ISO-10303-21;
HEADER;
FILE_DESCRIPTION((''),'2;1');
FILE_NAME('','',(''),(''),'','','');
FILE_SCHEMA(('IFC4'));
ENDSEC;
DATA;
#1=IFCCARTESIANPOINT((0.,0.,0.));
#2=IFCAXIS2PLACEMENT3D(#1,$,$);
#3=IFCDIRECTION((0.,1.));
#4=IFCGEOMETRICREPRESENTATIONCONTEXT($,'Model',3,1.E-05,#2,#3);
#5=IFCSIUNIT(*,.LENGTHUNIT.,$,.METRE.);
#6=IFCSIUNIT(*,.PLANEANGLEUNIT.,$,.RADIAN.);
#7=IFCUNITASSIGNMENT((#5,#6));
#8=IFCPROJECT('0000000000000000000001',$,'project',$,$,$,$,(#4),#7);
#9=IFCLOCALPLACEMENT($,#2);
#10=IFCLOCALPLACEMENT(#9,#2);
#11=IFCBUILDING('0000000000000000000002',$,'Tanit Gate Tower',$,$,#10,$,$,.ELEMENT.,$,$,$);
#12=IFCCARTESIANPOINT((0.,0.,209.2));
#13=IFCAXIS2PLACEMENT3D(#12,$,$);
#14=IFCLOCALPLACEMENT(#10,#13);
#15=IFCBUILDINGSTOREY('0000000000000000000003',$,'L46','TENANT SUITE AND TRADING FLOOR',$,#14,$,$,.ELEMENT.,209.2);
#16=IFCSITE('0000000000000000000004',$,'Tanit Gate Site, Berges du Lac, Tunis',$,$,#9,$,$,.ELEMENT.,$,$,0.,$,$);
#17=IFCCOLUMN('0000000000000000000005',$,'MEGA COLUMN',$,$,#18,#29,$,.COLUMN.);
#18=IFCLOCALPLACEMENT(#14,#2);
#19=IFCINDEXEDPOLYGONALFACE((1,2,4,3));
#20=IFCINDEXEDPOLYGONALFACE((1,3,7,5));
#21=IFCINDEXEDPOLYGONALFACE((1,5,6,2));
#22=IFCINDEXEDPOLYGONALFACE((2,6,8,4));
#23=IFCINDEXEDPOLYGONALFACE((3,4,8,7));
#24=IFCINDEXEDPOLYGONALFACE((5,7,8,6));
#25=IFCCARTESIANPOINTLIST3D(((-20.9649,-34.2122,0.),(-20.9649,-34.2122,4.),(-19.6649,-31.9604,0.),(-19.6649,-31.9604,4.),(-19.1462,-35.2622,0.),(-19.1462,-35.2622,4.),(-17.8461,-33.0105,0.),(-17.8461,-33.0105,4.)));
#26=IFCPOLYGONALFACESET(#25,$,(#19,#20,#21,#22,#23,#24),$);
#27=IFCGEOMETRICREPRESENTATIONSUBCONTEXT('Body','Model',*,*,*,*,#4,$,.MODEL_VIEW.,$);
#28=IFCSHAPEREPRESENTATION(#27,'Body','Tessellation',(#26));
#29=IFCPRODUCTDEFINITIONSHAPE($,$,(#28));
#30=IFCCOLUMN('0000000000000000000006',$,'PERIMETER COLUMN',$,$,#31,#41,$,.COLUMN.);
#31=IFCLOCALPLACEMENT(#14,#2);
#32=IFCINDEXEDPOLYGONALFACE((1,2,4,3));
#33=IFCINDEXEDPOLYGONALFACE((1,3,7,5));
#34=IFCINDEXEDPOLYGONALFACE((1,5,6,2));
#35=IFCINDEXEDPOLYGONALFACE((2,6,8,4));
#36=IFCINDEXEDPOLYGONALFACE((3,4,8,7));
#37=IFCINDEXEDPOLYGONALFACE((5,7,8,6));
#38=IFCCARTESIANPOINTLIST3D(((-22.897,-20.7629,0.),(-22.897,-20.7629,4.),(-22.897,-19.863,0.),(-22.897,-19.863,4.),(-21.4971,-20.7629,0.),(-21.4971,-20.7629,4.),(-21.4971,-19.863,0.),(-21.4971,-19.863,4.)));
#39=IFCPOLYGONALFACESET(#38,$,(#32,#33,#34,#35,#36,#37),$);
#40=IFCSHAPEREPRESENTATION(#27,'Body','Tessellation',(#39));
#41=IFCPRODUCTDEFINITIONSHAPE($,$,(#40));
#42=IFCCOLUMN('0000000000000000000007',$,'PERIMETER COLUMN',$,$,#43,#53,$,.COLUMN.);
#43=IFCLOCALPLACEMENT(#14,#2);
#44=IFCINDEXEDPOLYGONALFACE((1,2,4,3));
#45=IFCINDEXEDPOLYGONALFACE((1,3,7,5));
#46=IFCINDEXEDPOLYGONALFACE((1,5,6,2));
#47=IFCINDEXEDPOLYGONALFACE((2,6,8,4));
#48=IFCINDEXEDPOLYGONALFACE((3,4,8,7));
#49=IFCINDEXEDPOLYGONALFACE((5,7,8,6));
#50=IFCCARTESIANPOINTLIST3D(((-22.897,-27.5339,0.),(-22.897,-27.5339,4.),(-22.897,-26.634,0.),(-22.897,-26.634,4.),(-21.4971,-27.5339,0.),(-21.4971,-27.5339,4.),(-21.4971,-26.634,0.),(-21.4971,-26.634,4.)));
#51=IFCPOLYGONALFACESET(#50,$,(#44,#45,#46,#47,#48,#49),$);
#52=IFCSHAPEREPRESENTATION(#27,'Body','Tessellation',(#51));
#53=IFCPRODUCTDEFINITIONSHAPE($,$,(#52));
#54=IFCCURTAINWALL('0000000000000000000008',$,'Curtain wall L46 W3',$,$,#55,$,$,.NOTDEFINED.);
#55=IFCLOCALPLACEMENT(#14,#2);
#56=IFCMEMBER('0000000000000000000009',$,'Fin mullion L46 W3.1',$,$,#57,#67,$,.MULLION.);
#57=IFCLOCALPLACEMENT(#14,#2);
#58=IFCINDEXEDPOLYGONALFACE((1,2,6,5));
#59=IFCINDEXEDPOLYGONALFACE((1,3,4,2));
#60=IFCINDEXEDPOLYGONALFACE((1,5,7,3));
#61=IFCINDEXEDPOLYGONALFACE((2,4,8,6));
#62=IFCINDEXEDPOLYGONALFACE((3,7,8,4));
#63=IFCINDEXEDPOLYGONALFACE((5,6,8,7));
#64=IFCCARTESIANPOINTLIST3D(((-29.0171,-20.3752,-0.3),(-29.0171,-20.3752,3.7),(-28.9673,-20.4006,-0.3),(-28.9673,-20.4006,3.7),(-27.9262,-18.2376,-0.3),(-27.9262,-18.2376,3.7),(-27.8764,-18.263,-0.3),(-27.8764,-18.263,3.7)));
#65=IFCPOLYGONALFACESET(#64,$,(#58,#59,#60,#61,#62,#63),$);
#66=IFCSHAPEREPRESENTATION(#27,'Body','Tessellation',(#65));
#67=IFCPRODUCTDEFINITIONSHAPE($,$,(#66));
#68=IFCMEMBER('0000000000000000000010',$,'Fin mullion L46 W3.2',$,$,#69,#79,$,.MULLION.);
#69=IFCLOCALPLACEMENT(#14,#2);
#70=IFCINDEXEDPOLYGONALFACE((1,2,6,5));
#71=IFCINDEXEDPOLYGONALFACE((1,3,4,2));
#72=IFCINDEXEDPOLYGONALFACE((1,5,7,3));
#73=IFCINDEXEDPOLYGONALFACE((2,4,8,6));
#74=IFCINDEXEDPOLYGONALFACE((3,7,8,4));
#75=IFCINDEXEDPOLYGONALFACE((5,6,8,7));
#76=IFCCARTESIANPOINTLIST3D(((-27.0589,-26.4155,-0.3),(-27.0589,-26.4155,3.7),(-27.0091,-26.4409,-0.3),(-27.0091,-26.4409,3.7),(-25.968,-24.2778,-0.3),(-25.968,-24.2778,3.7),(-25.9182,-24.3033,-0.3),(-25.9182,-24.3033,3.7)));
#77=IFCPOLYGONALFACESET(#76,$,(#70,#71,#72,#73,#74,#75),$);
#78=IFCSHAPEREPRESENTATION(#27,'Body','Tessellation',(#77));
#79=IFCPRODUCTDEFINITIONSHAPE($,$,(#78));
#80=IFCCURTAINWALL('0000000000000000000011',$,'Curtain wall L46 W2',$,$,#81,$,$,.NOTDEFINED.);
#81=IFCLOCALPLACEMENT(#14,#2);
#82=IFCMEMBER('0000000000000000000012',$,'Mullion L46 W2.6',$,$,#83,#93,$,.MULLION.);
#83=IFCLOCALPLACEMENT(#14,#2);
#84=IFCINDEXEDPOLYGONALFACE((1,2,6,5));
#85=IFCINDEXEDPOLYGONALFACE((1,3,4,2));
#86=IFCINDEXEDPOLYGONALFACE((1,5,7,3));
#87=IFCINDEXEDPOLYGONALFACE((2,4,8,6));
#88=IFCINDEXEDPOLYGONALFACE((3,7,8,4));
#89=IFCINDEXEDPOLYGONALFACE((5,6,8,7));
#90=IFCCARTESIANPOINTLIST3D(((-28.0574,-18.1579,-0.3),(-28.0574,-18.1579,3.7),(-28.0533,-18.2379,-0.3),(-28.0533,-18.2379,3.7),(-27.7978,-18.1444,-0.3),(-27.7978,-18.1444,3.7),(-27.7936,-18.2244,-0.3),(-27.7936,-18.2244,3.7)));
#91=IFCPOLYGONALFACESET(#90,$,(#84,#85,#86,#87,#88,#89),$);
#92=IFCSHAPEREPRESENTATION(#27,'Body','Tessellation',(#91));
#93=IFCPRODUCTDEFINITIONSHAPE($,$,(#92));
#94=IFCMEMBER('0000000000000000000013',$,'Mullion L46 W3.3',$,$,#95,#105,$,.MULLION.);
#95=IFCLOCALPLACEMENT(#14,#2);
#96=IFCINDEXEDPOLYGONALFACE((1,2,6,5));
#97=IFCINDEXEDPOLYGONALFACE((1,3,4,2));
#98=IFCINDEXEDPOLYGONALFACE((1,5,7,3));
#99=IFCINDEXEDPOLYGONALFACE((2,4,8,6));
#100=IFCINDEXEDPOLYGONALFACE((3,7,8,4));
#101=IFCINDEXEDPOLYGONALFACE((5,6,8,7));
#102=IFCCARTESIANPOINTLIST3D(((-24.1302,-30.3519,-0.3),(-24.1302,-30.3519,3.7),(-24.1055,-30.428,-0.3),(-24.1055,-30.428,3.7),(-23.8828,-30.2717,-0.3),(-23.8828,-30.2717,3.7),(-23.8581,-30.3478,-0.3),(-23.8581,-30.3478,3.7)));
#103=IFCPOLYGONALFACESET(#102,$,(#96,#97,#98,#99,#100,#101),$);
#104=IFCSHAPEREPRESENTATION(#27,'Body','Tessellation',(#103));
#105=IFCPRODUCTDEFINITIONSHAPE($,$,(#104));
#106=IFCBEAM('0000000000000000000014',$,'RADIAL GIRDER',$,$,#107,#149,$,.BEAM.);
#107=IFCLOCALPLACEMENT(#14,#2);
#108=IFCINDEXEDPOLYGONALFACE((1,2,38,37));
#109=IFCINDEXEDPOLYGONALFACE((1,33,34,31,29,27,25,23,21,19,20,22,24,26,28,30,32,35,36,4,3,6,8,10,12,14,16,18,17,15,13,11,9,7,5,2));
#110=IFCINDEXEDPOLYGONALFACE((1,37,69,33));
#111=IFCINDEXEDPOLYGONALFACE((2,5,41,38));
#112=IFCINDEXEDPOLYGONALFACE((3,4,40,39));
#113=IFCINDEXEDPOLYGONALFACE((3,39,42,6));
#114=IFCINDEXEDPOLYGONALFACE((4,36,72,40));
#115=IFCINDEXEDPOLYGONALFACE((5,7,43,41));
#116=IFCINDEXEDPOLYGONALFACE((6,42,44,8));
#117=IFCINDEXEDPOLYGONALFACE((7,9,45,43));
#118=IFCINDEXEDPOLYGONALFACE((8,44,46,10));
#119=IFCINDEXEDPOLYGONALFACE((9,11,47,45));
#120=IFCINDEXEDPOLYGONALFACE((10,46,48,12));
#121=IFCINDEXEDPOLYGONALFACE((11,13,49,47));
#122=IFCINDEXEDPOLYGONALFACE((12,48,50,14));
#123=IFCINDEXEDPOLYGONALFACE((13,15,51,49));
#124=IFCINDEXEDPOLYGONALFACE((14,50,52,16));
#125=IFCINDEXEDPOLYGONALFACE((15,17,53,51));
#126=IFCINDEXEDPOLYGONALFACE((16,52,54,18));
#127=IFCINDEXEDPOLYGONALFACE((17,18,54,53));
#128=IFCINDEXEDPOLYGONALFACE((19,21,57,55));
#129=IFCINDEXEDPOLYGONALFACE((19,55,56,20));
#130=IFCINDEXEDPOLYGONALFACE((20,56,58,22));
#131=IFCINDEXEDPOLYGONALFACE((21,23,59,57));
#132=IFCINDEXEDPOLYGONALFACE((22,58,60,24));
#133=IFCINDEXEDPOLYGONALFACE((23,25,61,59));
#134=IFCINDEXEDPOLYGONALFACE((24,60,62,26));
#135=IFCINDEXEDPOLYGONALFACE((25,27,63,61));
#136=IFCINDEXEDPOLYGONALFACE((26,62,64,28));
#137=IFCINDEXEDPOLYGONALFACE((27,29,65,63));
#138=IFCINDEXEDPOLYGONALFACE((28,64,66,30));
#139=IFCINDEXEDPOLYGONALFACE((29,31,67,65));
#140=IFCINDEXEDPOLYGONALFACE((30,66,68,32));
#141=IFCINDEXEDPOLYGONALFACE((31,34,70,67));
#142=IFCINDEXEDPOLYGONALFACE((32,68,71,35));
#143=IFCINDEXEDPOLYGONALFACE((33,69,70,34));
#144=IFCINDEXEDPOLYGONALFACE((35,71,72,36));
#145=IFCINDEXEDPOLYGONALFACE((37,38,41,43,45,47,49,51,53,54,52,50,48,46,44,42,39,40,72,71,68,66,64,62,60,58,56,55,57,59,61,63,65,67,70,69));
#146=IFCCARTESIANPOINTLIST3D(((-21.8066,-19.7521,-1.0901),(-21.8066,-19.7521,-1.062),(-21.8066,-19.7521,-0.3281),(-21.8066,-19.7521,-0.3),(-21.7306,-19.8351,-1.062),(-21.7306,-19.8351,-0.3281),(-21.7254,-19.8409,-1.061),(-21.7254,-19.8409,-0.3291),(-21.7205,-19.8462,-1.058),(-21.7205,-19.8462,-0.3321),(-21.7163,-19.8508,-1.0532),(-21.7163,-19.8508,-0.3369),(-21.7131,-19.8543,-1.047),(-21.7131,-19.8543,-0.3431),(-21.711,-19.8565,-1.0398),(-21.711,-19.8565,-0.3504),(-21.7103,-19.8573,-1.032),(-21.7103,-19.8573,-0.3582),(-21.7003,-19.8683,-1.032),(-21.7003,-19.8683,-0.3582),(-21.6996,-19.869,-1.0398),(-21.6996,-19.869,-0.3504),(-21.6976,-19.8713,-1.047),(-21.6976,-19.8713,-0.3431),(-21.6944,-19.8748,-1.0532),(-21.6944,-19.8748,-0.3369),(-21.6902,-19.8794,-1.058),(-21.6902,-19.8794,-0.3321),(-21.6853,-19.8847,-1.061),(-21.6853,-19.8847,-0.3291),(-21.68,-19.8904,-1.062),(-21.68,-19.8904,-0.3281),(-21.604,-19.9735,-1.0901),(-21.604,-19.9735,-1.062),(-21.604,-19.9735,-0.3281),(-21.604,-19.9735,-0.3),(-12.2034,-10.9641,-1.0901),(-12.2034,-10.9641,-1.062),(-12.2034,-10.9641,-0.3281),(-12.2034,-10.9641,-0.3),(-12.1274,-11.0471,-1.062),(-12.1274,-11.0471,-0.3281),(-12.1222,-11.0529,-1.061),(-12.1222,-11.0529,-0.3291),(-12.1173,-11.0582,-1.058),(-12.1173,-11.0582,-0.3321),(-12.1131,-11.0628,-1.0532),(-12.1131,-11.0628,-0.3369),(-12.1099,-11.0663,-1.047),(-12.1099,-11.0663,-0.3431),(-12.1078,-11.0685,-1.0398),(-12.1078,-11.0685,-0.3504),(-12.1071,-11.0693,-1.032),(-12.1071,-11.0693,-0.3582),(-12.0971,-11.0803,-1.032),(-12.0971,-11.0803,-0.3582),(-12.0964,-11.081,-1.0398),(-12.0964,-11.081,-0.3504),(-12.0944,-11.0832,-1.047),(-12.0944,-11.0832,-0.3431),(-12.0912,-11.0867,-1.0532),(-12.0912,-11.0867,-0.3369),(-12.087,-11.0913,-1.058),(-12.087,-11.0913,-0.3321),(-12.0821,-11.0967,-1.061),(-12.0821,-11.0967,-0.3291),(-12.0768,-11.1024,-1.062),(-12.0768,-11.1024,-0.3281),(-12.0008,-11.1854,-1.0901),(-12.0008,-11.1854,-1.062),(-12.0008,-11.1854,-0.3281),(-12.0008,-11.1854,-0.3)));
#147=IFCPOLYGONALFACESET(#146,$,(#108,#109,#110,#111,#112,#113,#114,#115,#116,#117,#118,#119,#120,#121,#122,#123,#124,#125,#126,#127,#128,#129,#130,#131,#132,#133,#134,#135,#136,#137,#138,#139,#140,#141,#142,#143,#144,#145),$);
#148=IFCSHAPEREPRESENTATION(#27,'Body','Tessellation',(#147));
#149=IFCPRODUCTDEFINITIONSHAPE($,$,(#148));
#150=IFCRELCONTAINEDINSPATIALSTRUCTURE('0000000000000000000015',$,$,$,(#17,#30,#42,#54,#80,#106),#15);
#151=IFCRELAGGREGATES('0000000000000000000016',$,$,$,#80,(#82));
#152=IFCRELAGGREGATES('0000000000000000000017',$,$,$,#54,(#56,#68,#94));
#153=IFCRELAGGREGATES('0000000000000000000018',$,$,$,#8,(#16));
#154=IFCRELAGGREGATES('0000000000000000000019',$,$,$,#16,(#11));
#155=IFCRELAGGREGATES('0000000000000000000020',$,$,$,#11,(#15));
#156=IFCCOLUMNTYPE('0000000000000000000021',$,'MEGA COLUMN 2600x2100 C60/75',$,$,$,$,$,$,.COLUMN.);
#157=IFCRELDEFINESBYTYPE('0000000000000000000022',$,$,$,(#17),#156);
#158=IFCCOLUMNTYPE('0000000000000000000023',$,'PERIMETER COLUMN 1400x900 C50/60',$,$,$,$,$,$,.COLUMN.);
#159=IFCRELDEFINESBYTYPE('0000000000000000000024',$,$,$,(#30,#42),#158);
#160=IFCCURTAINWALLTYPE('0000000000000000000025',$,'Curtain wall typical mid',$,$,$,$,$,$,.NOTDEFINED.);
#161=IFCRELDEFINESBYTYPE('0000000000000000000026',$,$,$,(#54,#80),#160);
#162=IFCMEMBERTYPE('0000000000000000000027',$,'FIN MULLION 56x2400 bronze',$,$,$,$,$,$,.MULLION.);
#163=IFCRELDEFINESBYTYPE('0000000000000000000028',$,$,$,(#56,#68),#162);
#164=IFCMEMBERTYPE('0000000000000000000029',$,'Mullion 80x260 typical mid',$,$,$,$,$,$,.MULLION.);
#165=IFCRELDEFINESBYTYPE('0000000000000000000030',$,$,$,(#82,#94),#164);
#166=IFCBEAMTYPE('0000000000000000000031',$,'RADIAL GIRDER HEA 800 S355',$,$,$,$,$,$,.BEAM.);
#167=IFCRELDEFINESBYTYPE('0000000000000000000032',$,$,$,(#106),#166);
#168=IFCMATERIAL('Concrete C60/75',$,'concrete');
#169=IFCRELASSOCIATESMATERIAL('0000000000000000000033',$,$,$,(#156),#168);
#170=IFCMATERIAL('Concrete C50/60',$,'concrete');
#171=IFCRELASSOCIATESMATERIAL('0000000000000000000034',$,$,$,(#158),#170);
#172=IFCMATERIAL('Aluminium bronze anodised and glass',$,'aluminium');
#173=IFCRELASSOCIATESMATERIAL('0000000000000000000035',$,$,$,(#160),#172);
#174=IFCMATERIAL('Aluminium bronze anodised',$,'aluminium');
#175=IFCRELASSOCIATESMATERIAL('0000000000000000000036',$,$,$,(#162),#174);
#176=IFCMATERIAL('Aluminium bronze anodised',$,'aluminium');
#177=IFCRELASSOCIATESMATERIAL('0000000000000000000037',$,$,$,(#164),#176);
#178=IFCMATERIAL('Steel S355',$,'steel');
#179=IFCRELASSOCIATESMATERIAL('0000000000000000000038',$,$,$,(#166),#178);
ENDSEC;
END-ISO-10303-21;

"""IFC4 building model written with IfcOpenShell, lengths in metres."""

from ifc_helpers import new_model, si_unit, direction, frame, origin, origin_2d, place, context, subcontext, project, spatial, rectangle, i_section, extrude, material, material_profile, profile_set, type_object, element, aggregate, save


model = new_model("IFC4")

# Units and contexts
model_context = context("Model", 3, precision=1e-05, world=origin(), true_north=direction((0.0, 1.0)))
body_context = subcontext(model_context, "Body", "Model", "MODEL_VIEW")
ifc_project = project(units=[si_unit("LENGTHUNIT", "METRE"), si_unit("PLANEANGLEUNIT", "RADIAN")], contexts=[model_context])

# Site, building, storey
site_placement = place(None, origin())
site = spatial("IfcSite", under=ifc_project, at=site_placement, Name="Tanit Gate Site, Berges du Lac, Tunis", CompositionType="ELEMENT", RefElevation=0.0)
building_placement = place(site_placement, origin())
building = spatial("IfcBuilding", under=site, at=building_placement, Name="Tanit Gate Tower", CompositionType="ELEMENT")
storey_placement = place(building_placement, frame((0.0, 0.0, 209.2)))
storey = spatial("IfcBuildingStorey", under=building, at=storey_placement, Name="L46", Description="TENANT SUITE AND TRADING FLOOR", CompositionType="ELEMENT", Elevation=209.2)

# Columns
ifc_material_1 = material(Name="Concrete C60/75", Category="concrete")
ifc_material_profile_1 = material_profile(ifc_material_1, rectangle(XDim=2.6001, YDim=2.1001, at=origin_2d()), Name="RC 2600x2100")
ifc_profile_set_1 = profile_set([ifc_material_profile_1], Name="Concrete C60/75")
column_type_1 = type_object("IfcColumnType", Name="MEGA COLUMN 2600x2100 C60/75", PredefinedType="COLUMN", material=ifc_profile_set_1)
column_placement = place(storey_placement, frame((-19.4055, -33.6113, 0.0), z_axis=(0.0, 0.0, 1.0), x_axis=(-0.5, -0.866025, 0.0)))
element("IfcColumn", 1, at=column_placement, inside=storey, type_object=column_type_1, Name="MEGA COLUMN", PredefinedType="COLUMN", context=body_context, shape_type="SweptSolid", body=[
    extrude(rectangle(XDim=2.6001, YDim=2.1001, at=origin_2d()), origin(), (0.0, 0.0, 1.0), 4.0),
])
ifc_material_2 = material(Name="Concrete C50/60", Category="concrete")
ifc_material_profile_2 = material_profile(ifc_material_2, rectangle(XDim=1.3999, YDim=0.8999, at=origin_2d()), Name="RC 1400x900")
ifc_profile_set_2 = profile_set([ifc_material_profile_2], Name="Concrete C50/60")
column_type_2 = type_object("IfcColumnType", Name="PERIMETER COLUMN 1400x900 C50/60", PredefinedType="COLUMN", material=ifc_profile_set_2)
for number, where, z_axis, x_axis, name in (
    (2, (-22.197, -20.313, 0.0), (0.0, 0.0, 1.0), (-1.0, 0.0, 0.0), "PERIMETER COLUMN"),
    (3, (-22.197, -27.084, 0.0), (0.0, 0.0, 1.0), (-1.0, 0.0, 0.0), "PERIMETER COLUMN"),
):
    element("IfcColumn", number, at=place(storey_placement, frame(where, z_axis=z_axis, x_axis=x_axis)), inside=storey, type_object=column_type_2, Name=name, PredefinedType="COLUMN", context=body_context, shape_type="SweptSolid", body=[
        extrude(rectangle(XDim=1.3999, YDim=0.8999, at=origin_2d()), origin(), (0.0, 0.0, 1.0), 4.0),
    ])

# Curtain wall, members
ifc_material_3 = material(Name="Aluminium bronze anodised and glass", Category="aluminium")
curtain_wall_type = type_object("IfcCurtainWallType", Name="Curtain wall typical mid", PredefinedType="NOTDEFINED", material=ifc_material_3)
curtain_wall_1_placement = place(storey_placement, origin())
curtain_wall_1 = element("IfcCurtainWall", 4, at=curtain_wall_1_placement, inside=storey, type_object=curtain_wall_type, Name="Curtain wall L46 W3", PredefinedType="NOTDEFINED")
ifc_material_4 = material(Name="Aluminium bronze anodised", Category="aluminium")
ifc_material_profile_3 = material_profile(ifc_material_4, rectangle(XDim=2.3999, YDim=0.0559, at=origin_2d()), Name="56x2400 bronze fin mullion")
ifc_profile_set_3 = profile_set([ifc_material_profile_3], Name="Aluminium bronze anodised")
member_type_1 = type_object("IfcMemberType", Name="FIN MULLION 56x2400 bronze", PredefinedType="MULLION", material=ifc_profile_set_3)
member_1_placement = place(storey_placement, frame((-28.4468, -19.3191, -0.3), z_axis=(0.0, 0.0, 1.0), x_axis=(0.454551, 0.890721, 0.0)))
member_1 = element("IfcMember", 5, at=member_1_placement, type_object=member_type_1, Name="Fin mullion L46 W3.1", PredefinedType="MULLION", context=body_context, shape_type="SweptSolid", body=[
    extrude(rectangle(XDim=2.3999, YDim=0.0559, at=origin_2d()), origin(), (0.0, 0.0, 1.0), 4.0),
])
member_2_placement = place(storey_placement, frame((-26.4885, -25.3594, -0.3), z_axis=(0.0, 0.0, 1.0), x_axis=(0.454551, 0.890721, 0.0)))
member_2 = element("IfcMember", 6, at=member_2_placement, type_object=member_type_1, Name="Fin mullion L46 W3.2", PredefinedType="MULLION", context=body_context, shape_type="SweptSolid", body=[
    extrude(rectangle(XDim=2.3999, YDim=0.0559, at=origin_2d()), origin(), (0.0, 0.0, 1.0), 4.0),
])

# Curtain wall, member
curtain_wall_2_placement = place(storey_placement, origin())
curtain_wall_2 = element("IfcCurtainWall", 7, at=curtain_wall_2_placement, inside=storey, type_object=curtain_wall_type, Name="Curtain wall L46 W2", PredefinedType="NOTDEFINED")
ifc_material_5 = material(Name="Aluminium bronze anodised", Category="aluminium")
ifc_material_profile_4 = material_profile(ifc_material_5, rectangle(XDim=0.26, YDim=0.0801, at=origin_2d()), Name="80x260 bronze mullion")
ifc_profile_set_4 = profile_set([ifc_material_profile_4], Name="Aluminium bronze anodised")
member_type_2 = type_object("IfcMemberType", Name="Mullion 80x260 typical mid", PredefinedType="MULLION", material=ifc_profile_set_4)
member_3_placement = place(storey_placement, frame((-27.9255, -18.1912, -0.3), z_axis=(0.0, 0.0, 1.0), x_axis=(0.998647, 0.052003, 0.0)))
member_3 = element("IfcMember", 8, at=member_3_placement, type_object=member_type_2, Name="Mullion L46 W2.6", PredefinedType="MULLION", context=body_context, shape_type="SweptSolid", body=[
    extrude(rectangle(XDim=0.26, YDim=0.0801, at=origin_2d()), origin(), (0.0, 0.0, 1.0), 4.0),
])
aggregate(curtain_wall_2, [member_3])

# Member
member_4_placement = place(storey_placement, frame((-23.9941, -30.3499, -0.3), z_axis=(0.0, 0.0, 1.0), x_axis=(0.951251, 0.308419, 0.0)))
member_4 = element("IfcMember", 9, at=member_4_placement, type_object=member_type_2, Name="Mullion L46 W3.3", PredefinedType="MULLION", context=body_context, shape_type="SweptSolid", body=[
    extrude(rectangle(XDim=0.26, YDim=0.0801, at=origin_2d()), origin(), (0.0, 0.0, 1.0), 4.0),
])

# Beam
ifc_material_6 = material(Name="Steel S355", Category="steel")
ifc_material_profile_5 = material_profile(ifc_material_6, i_section(OverallWidth=0.3, OverallDepth=0.79, WebThickness=0.0149, FlangeThickness=0.0281, FilletRadius=0.03, at=origin_2d()), Name="HEA 800")
ifc_profile_set_5 = profile_set([ifc_material_profile_5], Name="Steel S355")
beam_type_1 = type_object("IfcBeamType", Name="RADIAL GIRDER HEA 800 S355", PredefinedType="BEAM", material=ifc_profile_set_5)
beam_1_placement = place(storey_placement, frame((-21.7053, -19.8628, -0.6951), z_axis=(0.737725, 0.675102, 0.0), x_axis=(-0.675102, 0.737725, 0.0)))
element("IfcBeam", 10, at=beam_1_placement, inside=storey, type_object=beam_type_1, Name="RADIAL GIRDER", PredefinedType="BEAM", context=body_context, shape_type="SweptSolid", body=[
    extrude(i_section(OverallWidth=0.3, OverallDepth=0.79, WebThickness=0.0149, FlangeThickness=0.0281, FilletRadius=0.03, at=origin_2d()), origin(), (0.0, 0.0, 1.0), 13.0173),
])

aggregate(curtain_wall_1, [member_1, member_2, member_4])

save(model, "model.ifc")
